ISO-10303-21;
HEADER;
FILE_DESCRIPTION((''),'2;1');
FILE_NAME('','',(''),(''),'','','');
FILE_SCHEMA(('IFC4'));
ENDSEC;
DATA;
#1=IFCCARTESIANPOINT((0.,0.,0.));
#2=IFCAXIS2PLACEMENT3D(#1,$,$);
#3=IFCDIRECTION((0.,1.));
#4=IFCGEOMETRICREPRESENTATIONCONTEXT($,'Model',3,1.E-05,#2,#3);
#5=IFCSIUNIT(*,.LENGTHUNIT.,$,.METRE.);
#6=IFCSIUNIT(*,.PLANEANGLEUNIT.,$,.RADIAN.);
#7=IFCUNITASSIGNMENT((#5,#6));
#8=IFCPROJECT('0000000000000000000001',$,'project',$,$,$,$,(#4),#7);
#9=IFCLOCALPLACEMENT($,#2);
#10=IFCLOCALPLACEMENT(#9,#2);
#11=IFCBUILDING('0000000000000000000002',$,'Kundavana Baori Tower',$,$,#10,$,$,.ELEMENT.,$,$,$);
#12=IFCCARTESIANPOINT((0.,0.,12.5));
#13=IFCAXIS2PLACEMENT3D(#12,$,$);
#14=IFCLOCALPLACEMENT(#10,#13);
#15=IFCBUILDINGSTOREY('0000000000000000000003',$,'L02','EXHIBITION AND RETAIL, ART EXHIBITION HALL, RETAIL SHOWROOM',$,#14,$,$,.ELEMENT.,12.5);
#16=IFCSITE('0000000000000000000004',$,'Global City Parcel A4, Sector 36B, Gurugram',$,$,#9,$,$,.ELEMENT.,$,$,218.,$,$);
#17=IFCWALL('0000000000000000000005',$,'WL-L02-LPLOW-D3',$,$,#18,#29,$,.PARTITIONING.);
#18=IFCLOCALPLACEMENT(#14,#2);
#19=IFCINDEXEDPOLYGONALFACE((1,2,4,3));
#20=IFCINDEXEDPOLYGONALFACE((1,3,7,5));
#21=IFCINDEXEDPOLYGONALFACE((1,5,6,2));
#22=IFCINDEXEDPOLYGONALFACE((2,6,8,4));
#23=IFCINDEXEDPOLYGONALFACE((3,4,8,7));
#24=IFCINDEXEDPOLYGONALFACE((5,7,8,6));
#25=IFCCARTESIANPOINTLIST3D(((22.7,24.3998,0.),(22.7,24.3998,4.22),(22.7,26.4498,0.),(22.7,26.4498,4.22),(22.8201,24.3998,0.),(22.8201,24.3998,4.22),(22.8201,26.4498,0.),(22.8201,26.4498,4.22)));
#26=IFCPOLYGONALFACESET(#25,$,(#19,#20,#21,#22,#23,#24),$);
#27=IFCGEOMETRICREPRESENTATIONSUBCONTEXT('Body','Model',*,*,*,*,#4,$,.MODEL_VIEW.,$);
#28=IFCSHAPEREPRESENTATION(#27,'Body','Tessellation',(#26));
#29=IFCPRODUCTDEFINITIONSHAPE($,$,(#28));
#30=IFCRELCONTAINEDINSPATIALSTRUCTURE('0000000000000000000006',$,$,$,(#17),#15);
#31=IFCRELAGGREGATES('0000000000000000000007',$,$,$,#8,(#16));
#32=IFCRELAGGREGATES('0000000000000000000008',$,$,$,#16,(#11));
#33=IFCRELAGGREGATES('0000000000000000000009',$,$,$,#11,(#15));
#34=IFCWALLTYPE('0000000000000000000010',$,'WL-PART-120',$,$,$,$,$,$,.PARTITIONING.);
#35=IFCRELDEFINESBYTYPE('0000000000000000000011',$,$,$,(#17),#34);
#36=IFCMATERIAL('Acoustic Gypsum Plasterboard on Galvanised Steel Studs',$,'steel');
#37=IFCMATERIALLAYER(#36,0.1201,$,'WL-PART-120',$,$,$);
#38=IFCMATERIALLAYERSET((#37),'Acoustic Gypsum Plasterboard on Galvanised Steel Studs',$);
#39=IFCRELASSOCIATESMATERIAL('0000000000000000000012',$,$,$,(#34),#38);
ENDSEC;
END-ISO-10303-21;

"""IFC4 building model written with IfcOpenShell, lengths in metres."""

from ifc_helpers import new_model, si_unit, direction, frame, frame_2d, origin, place, context, subcontext, project, spatial, rectangle, extrude, material, layer, layer_set, type_object, element, save


model = new_model("IFC4")

# Units and contexts
model_context = context("Model", 3, precision=1e-05, world=origin(), true_north=direction((0.0, 1.0)))
body_context = subcontext(model_context, "Body", "Model", "MODEL_VIEW")
ifc_project = project(units=[si_unit("LENGTHUNIT", "METRE"), si_unit("PLANEANGLEUNIT", "RADIAN")], contexts=[model_context])

# Site, building, storey
site_placement = place(None, origin())
site = spatial("IfcSite", under=ifc_project, at=site_placement, Name="Global City Parcel A4, Sector 36B, Gurugram", CompositionType="ELEMENT", RefElevation=218.0)
building_placement = place(site_placement, origin())
building = spatial("IfcBuilding", under=site, at=building_placement, Name="Kundavana Baori Tower", CompositionType="ELEMENT")
storey_placement = place(building_placement, frame((0.0, 0.0, 12.5)))
storey = spatial("IfcBuildingStorey", under=building, at=storey_placement, Name="L02", Description="EXHIBITION AND RETAIL, ART EXHIBITION HALL, RETAIL SHOWROOM", CompositionType="ELEMENT", Elevation=12.5)

# Shared definitions
ifc_material_1 = material(Name="Acoustic Gypsum Plasterboard on Galvanised Steel Studs", Category="steel")
ifc_layer_1 = layer(ifc_material_1, 0.1201, Name="WL-PART-120")
ifc_layer_set_1 = layer_set([ifc_layer_1], Name="Acoustic Gypsum Plasterboard on Galvanised Steel Studs")
wall_type = type_object("IfcWallType", Name="WL-PART-120", PredefinedType="PARTITIONING", material=ifc_layer_set_1)

# Wall
for number, where, z_axis, x_axis, name in (
    (1, (22.76, 24.3999, 0.0), (0.0, 0.0, 1.0), (0.0, 1.0, 0.0), "WL-L02-LPLOW-D3"),
):
    element("IfcWall", number, at=place(storey_placement, frame(where, z_axis=z_axis, x_axis=x_axis)), inside=storey, type_object=wall_type, Name=name, PredefinedType="PARTITIONING", context=body_context, shape_type="SweptSolid", body=[
        extrude(rectangle(XDim=2.05, YDim=0.1201, at=frame_2d((1.0249, 0.0))), origin(), (0.0, 0.0, 1.0), 4.22),
    ])

save(model, "model.ifc")
